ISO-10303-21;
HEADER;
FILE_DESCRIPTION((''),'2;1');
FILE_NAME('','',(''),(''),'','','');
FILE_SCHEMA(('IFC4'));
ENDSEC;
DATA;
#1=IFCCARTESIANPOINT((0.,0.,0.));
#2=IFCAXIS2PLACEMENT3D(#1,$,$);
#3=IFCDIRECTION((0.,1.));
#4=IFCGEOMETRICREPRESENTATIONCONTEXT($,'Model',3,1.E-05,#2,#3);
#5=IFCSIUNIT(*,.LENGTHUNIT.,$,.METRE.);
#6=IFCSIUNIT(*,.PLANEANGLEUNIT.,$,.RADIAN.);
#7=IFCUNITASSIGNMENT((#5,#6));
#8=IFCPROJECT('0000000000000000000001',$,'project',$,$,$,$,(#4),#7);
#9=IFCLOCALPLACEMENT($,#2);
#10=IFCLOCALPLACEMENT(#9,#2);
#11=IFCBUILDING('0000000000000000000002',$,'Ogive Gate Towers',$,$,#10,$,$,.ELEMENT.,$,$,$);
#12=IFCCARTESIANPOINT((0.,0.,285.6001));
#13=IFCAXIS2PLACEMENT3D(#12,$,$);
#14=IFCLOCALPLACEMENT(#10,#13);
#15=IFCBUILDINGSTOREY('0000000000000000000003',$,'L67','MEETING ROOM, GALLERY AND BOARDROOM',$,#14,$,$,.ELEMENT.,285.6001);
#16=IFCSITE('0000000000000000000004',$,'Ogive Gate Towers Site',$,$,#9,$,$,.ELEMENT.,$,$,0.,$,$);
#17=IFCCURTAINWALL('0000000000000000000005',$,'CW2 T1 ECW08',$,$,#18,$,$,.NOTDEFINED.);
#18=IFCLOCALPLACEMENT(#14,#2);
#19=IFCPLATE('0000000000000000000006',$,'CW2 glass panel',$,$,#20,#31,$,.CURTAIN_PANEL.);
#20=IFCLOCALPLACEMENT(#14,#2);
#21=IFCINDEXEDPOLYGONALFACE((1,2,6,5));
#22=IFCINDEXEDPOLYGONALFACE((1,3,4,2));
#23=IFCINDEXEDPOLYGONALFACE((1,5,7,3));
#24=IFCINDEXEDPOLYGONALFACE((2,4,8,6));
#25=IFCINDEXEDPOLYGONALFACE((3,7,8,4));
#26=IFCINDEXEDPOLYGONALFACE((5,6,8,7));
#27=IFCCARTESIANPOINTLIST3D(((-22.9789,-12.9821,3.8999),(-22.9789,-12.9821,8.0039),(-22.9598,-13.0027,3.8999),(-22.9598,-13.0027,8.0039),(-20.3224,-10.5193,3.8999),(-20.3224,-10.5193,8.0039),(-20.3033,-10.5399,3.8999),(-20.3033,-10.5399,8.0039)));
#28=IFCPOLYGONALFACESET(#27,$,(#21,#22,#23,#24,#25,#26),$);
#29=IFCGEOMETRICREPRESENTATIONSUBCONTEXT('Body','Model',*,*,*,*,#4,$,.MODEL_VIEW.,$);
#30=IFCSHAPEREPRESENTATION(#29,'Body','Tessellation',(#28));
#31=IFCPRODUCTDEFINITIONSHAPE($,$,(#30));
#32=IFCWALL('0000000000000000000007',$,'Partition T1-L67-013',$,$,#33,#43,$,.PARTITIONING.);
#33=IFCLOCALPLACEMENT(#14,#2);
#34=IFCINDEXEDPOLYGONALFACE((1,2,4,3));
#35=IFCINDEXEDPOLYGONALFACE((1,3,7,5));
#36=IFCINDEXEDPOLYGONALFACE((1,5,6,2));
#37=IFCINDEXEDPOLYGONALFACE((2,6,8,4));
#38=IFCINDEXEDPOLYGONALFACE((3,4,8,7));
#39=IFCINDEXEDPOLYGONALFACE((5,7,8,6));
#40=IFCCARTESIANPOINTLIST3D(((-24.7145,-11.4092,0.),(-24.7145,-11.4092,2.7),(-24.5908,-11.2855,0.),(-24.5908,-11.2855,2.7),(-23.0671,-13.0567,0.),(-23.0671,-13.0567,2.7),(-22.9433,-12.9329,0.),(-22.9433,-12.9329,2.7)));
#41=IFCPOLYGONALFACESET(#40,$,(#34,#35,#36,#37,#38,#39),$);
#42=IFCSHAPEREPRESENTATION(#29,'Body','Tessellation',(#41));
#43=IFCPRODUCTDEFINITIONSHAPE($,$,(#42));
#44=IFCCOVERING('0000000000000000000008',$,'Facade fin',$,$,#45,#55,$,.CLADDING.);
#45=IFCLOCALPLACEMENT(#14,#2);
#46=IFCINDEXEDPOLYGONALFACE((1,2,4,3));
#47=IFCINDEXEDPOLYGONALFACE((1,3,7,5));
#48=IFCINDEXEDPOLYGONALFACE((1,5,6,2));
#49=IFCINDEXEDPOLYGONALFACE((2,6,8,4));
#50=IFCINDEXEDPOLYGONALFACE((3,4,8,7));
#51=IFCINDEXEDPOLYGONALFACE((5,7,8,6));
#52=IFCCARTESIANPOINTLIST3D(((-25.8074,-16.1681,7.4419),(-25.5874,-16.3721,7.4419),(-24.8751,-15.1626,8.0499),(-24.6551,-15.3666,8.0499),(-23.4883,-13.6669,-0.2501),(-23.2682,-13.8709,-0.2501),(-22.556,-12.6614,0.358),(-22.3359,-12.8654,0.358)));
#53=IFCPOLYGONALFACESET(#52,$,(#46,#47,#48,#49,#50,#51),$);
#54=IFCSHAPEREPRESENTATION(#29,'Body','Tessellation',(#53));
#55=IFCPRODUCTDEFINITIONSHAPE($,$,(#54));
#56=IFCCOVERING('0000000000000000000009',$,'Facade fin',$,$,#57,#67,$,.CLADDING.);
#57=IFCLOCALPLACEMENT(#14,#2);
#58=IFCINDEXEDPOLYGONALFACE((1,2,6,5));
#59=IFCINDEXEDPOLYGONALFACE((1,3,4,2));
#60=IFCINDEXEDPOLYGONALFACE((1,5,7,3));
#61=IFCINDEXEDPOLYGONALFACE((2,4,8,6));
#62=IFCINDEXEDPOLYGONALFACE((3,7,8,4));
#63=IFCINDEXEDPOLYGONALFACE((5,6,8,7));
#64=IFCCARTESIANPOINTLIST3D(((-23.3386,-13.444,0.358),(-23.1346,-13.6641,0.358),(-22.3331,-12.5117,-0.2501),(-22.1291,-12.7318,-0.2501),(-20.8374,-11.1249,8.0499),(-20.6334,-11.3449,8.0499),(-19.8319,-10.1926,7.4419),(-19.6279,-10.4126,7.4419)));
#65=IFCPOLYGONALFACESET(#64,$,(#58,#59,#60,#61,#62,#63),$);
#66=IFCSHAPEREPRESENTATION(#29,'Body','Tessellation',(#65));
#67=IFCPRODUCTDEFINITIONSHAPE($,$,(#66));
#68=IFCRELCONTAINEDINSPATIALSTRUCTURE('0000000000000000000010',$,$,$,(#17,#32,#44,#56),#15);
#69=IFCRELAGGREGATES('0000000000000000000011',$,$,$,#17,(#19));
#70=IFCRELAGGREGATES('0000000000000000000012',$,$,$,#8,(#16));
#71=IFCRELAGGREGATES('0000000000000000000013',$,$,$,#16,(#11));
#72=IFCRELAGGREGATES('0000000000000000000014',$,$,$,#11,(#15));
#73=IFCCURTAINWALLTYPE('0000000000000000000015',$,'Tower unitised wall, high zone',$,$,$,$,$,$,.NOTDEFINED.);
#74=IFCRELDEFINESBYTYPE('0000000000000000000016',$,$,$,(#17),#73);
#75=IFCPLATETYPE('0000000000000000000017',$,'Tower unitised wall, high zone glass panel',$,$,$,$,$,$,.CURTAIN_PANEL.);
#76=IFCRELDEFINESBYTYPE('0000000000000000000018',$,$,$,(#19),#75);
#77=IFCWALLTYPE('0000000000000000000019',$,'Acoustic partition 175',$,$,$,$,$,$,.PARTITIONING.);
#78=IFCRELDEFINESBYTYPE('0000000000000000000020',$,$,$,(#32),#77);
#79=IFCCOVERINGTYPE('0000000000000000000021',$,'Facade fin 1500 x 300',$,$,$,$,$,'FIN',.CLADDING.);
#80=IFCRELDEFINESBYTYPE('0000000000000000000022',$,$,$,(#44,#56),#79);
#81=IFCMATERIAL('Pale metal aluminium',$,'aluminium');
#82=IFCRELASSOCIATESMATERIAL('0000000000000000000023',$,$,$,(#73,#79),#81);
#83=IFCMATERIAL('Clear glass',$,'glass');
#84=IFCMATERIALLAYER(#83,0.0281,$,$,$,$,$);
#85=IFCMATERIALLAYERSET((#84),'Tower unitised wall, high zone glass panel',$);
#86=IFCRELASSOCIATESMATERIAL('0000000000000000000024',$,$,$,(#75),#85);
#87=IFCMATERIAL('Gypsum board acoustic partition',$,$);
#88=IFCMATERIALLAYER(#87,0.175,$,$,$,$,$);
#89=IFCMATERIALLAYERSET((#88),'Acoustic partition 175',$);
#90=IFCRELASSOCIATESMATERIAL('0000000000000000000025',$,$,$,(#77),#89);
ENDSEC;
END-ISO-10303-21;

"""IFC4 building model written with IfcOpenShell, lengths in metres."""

from ifc_helpers import new_model, si_unit, direction, frame, frame_2d, origin, origin_2d, place, context, subcontext, project, spatial, rectangle, extrude, material, layer, layer_set, material_profile, profile_set, type_object, element, aggregate, save


model = new_model("IFC4")

# Units and contexts
model_context = context("Model", 3, precision=1e-05, world=origin(), true_north=direction((0.0, 1.0)))
body_context = subcontext(model_context, "Body", "Model", "MODEL_VIEW")
ifc_project = project(units=[si_unit("LENGTHUNIT", "METRE"), si_unit("PLANEANGLEUNIT", "RADIAN")], contexts=[model_context])

# Site, building, storey
site_placement = place(None, origin())
site = spatial("IfcSite", under=ifc_project, at=site_placement, Name="Ogive Gate Towers Site", CompositionType="ELEMENT", RefElevation=0.0)
building_placement = place(site_placement, origin())
building = spatial("IfcBuilding", under=site, at=building_placement, Name="Ogive Gate Towers", CompositionType="ELEMENT")
storey_placement = place(building_placement, frame((0.0, 0.0, 285.6001)))
storey = spatial("IfcBuildingStorey", under=building, at=storey_placement, Name="L67", Description="MEETING ROOM, GALLERY AND BOARDROOM", CompositionType="ELEMENT", Elevation=285.6001)

# Curtain wall
ifc_material_1 = material(Name="Pale metal aluminium", Category="aluminium")
curtain_wall_type = type_object("IfcCurtainWallType", Name="Tower unitised wall, high zone", PredefinedType="NOTDEFINED", material=ifc_material_1)
curtain_wall_1_placement = place(storey_placement, origin())
curtain_wall_1 = element("IfcCurtainWall", 1, at=curtain_wall_1_placement, inside=storey, type_object=curtain_wall_type, Name="CW2 T1 ECW08", PredefinedType="NOTDEFINED")

# Plate
ifc_material_2 = material(Name="Clear glass", Category="glass")
ifc_layer_1 = layer(ifc_material_2, 0.0281)
ifc_layer_set_1 = layer_set([ifc_layer_1], Name="Tower unitised wall, high zone glass panel")
plate_type = type_object("IfcPlateType", Name="Tower unitised wall, high zone glass panel", PredefinedType="CURTAIN_PANEL", material=ifc_layer_set_1)
plate_1_placement = place(storey_placement, frame((-21.6411, -11.761, 3.8999), z_axis=(0.0, 0.0, 1.0), x_axis=(0.733338, 0.679864, 0.0)))
plate_1 = element("IfcPlate", 2, at=plate_1_placement, type_object=plate_type, Name="CW2 glass panel", PredefinedType="CURTAIN_PANEL", context=body_context, shape_type="SweptSolid", body=[
    extrude(rectangle(XDim=3.6226, YDim=0.0281, at=origin_2d()), origin(), (0.0, 0.0, 1.0), 4.104),
])
aggregate(curtain_wall_1, [plate_1])

# Wall
ifc_material_3 = material(Name="Gypsum board acoustic partition")
ifc_layer_2 = layer(ifc_material_3, 0.175)
ifc_layer_set_2 = layer_set([ifc_layer_2], Name="Acoustic partition 175")
wall_type = type_object("IfcWallType", Name="Acoustic partition 175", PredefinedType="PARTITIONING", material=ifc_layer_set_2)
wall_placement = place(storey_placement, frame((-23.0051, -12.9949, 0.0), z_axis=(0.0, 0.0, 1.0), x_axis=(-0.707107, 0.707107, 0.0)))
element("IfcWall", 3, at=wall_placement, inside=storey, type_object=wall_type, Name="Partition T1-L67-013", PredefinedType="PARTITIONING", context=body_context, shape_type="SweptSolid", body=[
    extrude(rectangle(XDim=2.3298, YDim=0.175, at=frame_2d((1.165, 0.0))), origin(), (0.0, 0.0, 1.0), 2.7),
])

# Coverings
ifc_material_profile_1 = material_profile(ifc_material_1, rectangle(XDim=0.3, YDim=1.5, at=origin_2d()), Name="1500 x 300 pale metal aluminium")
ifc_profile_set_1 = profile_set([ifc_material_profile_1], Name="Pale metal aluminium")
covering_type = type_object("IfcCoveringType", Name="Facade fin 1500 x 300", ElementType="FIN", PredefinedType="CLADDING", material=ifc_profile_set_1)
for number, where, z_axis, x_axis, name in (
    (4, (-22.9121, -13.2661, 0.054), (-0.275615, -0.29726, 0.914151), (0.733301, -0.679905, 0.0), "Facade fin"),
    (5, (-22.7339, -13.0879, 0.054), (0.29726, 0.275615, 0.914151), (-0.679905, 0.733301, 0.0), "Facade fin"),
):
    element("IfcCovering", number, at=place(storey_placement, frame(where, z_axis=z_axis, x_axis=x_axis)), inside=storey, type_object=covering_type, Name=name, PredefinedType="CLADDING", context=body_context, shape_type="SweptSolid", body=[
        extrude(rectangle(XDim=0.3, YDim=1.5, at=origin_2d()), origin(), (0.0, 0.0, 1.0), 8.4143),
    ])

save(model, "model.ifc")
